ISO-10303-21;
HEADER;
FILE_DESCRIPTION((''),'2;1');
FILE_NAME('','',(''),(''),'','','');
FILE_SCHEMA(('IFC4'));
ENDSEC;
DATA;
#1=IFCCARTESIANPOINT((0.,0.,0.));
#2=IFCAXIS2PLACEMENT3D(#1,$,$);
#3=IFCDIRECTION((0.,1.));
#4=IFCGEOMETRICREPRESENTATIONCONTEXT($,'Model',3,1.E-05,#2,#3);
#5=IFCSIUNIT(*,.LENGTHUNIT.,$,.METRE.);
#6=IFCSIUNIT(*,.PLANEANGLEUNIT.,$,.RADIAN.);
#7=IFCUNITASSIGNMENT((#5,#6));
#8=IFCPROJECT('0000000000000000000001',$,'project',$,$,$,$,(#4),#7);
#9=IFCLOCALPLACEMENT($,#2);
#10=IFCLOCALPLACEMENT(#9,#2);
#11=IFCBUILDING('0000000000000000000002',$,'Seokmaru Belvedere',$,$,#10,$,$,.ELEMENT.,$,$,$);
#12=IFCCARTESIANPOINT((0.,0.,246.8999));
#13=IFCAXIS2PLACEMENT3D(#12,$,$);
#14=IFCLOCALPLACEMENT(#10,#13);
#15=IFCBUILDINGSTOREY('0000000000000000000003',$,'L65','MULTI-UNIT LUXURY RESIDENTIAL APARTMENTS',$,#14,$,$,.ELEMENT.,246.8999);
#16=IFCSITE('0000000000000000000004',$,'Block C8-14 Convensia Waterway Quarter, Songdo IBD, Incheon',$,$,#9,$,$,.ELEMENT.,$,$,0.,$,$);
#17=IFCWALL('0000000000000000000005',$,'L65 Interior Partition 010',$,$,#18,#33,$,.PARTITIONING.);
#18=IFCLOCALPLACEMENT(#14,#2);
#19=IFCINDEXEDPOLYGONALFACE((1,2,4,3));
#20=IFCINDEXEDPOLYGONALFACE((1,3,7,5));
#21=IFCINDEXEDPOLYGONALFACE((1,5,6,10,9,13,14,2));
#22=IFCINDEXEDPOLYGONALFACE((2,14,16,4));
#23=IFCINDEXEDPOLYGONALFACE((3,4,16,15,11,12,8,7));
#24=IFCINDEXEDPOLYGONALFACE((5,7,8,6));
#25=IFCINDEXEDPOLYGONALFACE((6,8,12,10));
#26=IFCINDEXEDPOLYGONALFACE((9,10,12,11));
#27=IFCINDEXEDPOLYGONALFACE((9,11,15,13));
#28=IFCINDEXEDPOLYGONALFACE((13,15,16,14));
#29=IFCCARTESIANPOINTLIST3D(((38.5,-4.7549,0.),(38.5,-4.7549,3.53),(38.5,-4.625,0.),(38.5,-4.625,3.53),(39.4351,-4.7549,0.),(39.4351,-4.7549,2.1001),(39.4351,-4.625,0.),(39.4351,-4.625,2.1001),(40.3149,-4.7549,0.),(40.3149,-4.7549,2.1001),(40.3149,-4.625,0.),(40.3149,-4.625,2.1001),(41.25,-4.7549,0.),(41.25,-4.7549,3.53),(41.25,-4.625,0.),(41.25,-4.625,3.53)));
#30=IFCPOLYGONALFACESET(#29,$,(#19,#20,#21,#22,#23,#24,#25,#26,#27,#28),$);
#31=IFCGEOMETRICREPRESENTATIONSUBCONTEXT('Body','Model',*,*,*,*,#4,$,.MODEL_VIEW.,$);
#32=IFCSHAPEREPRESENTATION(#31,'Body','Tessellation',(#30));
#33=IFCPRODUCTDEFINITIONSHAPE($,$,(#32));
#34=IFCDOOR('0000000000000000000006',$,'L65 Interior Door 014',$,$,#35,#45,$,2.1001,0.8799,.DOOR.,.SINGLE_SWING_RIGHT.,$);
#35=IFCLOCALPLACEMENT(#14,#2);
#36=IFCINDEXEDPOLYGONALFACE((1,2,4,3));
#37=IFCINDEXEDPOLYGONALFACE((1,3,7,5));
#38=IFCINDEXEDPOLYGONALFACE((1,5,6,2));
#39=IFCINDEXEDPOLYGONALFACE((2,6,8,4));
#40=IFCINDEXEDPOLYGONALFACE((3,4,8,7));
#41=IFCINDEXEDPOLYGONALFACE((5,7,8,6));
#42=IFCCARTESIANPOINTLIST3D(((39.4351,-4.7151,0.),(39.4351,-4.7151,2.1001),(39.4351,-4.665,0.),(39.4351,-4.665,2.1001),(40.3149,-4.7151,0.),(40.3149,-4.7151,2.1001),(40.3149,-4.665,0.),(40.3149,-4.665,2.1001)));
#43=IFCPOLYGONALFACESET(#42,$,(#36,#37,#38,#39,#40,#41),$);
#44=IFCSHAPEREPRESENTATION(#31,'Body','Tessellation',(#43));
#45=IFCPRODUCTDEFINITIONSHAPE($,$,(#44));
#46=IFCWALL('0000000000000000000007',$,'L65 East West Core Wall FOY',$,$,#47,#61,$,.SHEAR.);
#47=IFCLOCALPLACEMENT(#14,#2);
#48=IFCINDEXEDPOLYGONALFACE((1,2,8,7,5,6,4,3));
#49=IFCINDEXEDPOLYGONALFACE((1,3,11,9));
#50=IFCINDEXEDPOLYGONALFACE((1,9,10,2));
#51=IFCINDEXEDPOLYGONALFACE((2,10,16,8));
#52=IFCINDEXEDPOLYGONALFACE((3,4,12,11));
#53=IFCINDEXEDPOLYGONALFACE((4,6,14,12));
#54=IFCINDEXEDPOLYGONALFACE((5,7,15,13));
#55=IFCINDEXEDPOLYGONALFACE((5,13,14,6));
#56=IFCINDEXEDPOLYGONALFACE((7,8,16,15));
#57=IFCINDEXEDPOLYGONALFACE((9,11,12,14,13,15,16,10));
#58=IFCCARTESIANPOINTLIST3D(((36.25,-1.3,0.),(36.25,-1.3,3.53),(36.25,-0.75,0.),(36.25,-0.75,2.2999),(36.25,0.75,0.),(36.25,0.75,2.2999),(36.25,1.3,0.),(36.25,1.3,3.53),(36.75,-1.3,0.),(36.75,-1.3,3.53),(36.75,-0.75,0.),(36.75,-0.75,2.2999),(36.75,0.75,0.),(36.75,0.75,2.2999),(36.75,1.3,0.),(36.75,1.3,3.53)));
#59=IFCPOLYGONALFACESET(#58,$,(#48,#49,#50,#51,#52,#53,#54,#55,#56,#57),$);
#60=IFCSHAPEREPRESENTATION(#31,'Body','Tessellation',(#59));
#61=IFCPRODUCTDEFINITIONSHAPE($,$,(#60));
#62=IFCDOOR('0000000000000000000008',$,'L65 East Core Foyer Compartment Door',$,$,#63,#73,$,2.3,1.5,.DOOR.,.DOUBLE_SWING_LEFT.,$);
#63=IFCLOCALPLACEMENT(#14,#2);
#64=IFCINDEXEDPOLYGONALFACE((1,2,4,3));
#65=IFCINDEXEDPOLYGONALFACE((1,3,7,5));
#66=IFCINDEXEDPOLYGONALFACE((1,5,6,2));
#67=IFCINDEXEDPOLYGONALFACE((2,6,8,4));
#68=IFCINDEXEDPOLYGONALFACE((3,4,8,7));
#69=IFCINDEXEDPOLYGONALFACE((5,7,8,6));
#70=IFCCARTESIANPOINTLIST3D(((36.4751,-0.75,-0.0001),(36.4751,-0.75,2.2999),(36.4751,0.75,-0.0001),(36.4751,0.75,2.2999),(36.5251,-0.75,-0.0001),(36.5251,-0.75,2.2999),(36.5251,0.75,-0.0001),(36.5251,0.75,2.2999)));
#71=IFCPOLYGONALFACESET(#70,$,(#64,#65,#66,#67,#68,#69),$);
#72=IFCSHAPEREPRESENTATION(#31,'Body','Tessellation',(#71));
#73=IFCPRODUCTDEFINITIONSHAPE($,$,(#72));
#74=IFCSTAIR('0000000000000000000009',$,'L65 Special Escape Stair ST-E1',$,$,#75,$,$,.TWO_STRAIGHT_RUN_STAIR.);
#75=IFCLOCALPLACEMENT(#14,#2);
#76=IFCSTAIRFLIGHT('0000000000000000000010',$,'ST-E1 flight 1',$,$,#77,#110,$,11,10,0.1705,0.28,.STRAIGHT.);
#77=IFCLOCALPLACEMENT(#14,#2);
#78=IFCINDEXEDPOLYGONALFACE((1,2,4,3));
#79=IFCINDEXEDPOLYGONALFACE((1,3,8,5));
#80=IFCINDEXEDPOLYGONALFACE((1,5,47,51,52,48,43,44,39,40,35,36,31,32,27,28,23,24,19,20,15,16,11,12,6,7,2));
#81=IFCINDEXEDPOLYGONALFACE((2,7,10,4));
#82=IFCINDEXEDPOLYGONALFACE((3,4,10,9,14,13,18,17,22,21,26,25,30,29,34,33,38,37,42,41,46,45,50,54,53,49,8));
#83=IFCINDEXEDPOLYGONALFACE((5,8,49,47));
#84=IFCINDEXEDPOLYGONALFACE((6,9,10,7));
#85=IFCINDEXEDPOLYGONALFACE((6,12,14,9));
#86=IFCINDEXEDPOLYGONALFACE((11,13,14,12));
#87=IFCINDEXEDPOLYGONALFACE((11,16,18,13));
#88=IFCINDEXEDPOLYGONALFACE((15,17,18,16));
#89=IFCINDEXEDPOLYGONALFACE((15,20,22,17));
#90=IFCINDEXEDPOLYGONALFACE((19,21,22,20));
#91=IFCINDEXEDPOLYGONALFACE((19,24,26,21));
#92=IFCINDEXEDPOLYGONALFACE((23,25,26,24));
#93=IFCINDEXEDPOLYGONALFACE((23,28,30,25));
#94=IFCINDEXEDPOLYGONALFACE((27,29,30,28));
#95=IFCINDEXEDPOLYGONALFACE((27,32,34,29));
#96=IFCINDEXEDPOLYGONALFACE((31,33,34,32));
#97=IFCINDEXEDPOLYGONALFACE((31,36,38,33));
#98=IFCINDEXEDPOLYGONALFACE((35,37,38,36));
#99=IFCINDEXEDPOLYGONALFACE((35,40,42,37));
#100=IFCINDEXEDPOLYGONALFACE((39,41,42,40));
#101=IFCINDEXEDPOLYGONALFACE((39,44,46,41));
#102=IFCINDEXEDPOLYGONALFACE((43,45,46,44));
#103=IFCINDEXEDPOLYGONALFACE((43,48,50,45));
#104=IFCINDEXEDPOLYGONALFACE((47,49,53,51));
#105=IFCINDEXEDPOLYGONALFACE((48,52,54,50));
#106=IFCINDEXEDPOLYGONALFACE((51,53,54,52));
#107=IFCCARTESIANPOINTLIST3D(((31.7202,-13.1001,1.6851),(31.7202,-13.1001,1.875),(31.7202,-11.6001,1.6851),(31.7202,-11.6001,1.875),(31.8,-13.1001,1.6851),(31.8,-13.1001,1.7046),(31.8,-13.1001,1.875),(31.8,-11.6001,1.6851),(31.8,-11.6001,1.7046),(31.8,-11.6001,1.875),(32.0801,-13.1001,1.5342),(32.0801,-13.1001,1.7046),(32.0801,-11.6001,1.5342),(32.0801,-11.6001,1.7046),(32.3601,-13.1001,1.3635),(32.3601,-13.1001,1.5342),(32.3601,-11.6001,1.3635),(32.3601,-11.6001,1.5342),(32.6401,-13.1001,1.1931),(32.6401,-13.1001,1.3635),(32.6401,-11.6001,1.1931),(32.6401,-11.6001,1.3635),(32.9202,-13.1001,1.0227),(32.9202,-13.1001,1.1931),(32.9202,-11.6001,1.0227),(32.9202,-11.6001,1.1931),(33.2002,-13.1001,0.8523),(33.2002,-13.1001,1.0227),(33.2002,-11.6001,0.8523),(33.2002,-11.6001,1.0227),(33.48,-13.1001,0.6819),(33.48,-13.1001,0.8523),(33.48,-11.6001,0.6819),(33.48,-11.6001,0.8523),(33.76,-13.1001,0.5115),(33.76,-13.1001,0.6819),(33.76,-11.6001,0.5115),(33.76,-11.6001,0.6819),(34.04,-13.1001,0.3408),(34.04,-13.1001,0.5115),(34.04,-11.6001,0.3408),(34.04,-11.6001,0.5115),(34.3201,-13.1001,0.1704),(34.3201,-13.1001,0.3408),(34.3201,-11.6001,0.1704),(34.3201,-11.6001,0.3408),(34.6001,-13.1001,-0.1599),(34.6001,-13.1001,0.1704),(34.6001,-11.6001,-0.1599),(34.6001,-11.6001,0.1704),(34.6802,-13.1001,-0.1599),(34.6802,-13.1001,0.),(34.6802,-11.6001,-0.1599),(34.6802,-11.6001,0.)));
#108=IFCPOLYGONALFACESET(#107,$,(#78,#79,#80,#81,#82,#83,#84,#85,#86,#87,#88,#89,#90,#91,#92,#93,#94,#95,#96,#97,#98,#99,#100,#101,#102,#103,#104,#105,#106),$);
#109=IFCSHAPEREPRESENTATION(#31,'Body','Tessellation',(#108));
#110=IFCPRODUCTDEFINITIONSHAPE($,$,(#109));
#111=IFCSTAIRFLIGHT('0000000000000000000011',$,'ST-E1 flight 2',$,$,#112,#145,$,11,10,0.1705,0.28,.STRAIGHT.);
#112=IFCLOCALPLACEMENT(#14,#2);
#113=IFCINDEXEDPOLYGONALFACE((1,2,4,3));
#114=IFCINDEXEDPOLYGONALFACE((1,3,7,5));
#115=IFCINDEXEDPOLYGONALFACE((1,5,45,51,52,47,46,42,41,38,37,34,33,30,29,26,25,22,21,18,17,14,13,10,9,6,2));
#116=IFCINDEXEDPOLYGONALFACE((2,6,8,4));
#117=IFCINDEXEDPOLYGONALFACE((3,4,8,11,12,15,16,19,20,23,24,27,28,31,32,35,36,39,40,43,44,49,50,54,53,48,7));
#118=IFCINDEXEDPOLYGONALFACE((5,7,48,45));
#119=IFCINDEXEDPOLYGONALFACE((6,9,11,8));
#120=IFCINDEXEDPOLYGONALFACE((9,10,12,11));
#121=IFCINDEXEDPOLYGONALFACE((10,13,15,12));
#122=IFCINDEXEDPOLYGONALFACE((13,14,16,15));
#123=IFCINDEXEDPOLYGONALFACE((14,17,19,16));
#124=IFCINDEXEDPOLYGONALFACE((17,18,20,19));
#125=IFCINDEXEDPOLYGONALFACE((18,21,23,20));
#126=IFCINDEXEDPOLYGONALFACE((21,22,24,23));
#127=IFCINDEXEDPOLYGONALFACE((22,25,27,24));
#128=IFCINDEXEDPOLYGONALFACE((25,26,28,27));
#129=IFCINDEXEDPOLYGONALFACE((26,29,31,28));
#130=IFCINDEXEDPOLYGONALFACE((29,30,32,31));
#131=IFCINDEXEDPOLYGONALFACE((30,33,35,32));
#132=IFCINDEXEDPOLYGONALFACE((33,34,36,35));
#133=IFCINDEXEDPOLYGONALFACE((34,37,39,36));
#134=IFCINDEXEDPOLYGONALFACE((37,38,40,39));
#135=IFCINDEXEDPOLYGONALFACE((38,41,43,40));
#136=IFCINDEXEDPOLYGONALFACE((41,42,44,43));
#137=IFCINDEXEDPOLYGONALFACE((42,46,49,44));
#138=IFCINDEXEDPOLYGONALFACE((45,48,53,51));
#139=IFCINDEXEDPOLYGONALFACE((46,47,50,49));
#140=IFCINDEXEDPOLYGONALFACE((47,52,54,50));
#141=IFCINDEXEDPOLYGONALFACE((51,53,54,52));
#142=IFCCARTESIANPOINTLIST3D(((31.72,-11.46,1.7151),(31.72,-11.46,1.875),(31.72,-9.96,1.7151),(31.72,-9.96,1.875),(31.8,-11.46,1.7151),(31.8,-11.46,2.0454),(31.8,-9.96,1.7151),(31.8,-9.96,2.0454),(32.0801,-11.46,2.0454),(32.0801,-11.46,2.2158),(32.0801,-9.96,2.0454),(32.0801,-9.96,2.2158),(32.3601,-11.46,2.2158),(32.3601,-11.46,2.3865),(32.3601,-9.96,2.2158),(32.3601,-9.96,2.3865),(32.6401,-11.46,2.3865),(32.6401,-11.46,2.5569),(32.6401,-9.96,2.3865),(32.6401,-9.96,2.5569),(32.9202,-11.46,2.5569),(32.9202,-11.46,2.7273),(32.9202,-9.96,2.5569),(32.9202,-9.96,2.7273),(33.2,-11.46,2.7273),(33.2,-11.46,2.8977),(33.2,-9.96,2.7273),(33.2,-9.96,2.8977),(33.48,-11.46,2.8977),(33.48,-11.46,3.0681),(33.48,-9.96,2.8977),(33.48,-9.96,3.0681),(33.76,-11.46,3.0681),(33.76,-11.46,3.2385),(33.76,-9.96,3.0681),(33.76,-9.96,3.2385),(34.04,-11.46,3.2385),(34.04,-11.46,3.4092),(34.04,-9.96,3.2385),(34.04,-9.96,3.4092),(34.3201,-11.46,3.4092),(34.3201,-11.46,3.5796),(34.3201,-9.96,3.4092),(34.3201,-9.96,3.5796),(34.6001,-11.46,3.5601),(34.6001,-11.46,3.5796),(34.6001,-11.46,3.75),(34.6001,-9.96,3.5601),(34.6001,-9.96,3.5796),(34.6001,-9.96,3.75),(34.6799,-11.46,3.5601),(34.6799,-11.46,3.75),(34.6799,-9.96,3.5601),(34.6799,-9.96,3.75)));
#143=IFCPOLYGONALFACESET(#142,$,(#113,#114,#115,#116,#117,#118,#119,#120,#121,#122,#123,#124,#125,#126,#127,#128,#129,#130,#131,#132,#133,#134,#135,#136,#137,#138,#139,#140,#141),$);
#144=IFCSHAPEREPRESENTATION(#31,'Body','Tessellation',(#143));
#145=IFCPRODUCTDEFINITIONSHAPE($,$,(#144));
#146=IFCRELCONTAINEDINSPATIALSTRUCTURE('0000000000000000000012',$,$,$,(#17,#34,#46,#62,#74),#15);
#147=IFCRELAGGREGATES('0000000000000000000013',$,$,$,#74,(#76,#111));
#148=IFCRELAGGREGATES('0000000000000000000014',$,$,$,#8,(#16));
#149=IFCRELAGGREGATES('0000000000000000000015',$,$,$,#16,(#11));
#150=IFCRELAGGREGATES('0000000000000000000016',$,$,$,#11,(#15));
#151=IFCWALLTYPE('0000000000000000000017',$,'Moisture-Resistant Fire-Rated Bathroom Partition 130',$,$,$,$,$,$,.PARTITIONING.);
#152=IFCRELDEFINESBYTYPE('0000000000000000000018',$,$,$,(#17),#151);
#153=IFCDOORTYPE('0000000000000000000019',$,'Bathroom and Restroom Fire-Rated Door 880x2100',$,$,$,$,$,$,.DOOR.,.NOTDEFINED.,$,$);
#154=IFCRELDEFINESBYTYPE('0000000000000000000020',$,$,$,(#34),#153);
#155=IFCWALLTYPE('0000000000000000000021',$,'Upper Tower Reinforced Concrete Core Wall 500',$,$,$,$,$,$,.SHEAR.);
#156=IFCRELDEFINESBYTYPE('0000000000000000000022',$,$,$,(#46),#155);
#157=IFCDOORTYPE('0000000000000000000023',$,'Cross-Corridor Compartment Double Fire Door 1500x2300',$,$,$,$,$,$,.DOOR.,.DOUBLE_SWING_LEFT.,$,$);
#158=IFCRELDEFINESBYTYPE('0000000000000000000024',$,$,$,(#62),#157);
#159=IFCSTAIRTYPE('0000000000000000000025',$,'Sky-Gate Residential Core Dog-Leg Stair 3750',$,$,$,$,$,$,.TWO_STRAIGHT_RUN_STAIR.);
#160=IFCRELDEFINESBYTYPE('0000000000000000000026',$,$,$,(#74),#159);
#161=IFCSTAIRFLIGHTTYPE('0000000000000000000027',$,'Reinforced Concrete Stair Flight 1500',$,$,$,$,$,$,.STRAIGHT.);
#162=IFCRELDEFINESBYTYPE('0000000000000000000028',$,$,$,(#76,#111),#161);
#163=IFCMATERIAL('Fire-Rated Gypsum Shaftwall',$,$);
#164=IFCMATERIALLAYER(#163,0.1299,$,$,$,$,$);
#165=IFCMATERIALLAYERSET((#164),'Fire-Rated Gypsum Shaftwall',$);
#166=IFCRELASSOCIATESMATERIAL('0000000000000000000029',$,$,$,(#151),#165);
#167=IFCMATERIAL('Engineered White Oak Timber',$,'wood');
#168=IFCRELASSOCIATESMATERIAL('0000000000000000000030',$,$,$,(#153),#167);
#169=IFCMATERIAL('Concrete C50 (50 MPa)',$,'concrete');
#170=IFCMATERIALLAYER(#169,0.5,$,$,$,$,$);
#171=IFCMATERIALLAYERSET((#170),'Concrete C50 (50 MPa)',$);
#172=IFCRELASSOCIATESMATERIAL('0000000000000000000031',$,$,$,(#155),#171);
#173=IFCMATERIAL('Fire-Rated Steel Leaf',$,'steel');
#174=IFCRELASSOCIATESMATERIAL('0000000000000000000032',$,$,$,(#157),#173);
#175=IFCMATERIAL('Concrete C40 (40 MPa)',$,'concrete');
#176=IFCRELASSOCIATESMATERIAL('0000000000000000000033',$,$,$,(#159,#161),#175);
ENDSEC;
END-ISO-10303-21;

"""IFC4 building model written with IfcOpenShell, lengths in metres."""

from ifc_helpers import new_model, si_unit, direction, frame, frame_2d, origin, place, context, subcontext, project, spatial, polyline, rectangle, outline, extrude, source, transform, mapped, material, layer, layer_set, type_object, type_shapes, element, fill, aggregate, save


model = new_model("IFC4")

# Units and contexts
model_context = context("Model", 3, precision=1e-05, world=origin(), true_north=direction((0.0, 1.0)))
body_context = subcontext(model_context, "Body", "Model", "MODEL_VIEW")
ifc_project = project(units=[si_unit("LENGTHUNIT", "METRE"), si_unit("PLANEANGLEUNIT", "RADIAN")], contexts=[model_context])

# Site, building, storey
site_placement = place(None, origin())
site = spatial("IfcSite", under=ifc_project, at=site_placement, Name="Block C8-14 Convensia Waterway Quarter, Songdo IBD, Incheon", CompositionType="ELEMENT", RefElevation=0.0)
building_placement = place(site_placement, origin())
building = spatial("IfcBuilding", under=site, at=building_placement, Name="Seokmaru Belvedere", CompositionType="ELEMENT")
storey_placement = place(building_placement, frame((0.0, 0.0, 246.8999)))
storey = spatial("IfcBuildingStorey", under=building, at=storey_placement, Name="L65", Description="MULTI-UNIT LUXURY RESIDENTIAL APARTMENTS", CompositionType="ELEMENT", Elevation=246.8999)

# Shared definitions
ifc_material_1 = material(Name="Fire-Rated Gypsum Shaftwall")

# Walls, openings, doors
ifc_layer_1 = layer(ifc_material_1, 0.1299)
ifc_layer_set_1 = layer_set([ifc_layer_1], Name="Fire-Rated Gypsum Shaftwall")
wall_type_1 = type_object("IfcWallType", Name="Moisture-Resistant Fire-Rated Bathroom Partition 130", PredefinedType="PARTITIONING", material=ifc_layer_set_1)
wall_1_placement = place(storey_placement, frame((38.5, -4.6899, 0.0), z_axis=(0.0, 0.0, 1.0), x_axis=(1.0, 0.0, 0.0)))
wall_1 = element("IfcWall", 1, at=wall_1_placement, inside=storey, type_object=wall_type_1, Name="L65 Interior Partition 010", PredefinedType="PARTITIONING", context=body_context, shape_type="SweptSolid", body=[
    extrude(rectangle(XDim=2.75, YDim=0.1299, at=frame_2d((1.375, 0.0))), origin(), (0.0, 0.0, 1.0), 3.53),
])
opening_1_placement = place(wall_1_placement, frame((0.9351, 0.0, 0.0)))
opening_1 = element("IfcOpeningElement", 2, at=opening_1_placement, cuts=wall_1, PredefinedType="OPENING", context=body_context, shape_type="SweptSolid", body=[
    extrude(rectangle(XDim=0.8799, YDim=2.1001, at=frame_2d((0.4399, 1.05))), frame((0.0, 0.075, 0.0), z_axis=(0.0, -1.0, 0.0), x_axis=(1.0, 0.0, 0.0)), (0.0, 0.0, 1.0), 0.1499),
])
ifc_material_2 = material(Name="Engineered White Oak Timber", Category="wood")
door_type_1 = type_object("IfcDoorType", Name="Bathroom and Restroom Fire-Rated Door 880x2100", OperationType="NOTDEFINED", PredefinedType="DOOR", material=ifc_material_2)
shared_shape_1 = source(origin(), body_context, "Body", "SweptSolid", [
    extrude(rectangle(XDim=0.8799, YDim=2.1001, at=frame_2d((0.4399, 1.05))), frame((0.0, 0.0249, 0.0), z_axis=(0.0, -1.0, 0.0), x_axis=(1.0, 0.0, 0.0)), (0.0, 0.0, 1.0), 0.05),
])
type_shapes(door_type_1, [shared_shape_1])
door_1_placement = place(opening_1_placement, origin())
door_1 = element("IfcDoor", 3, at=door_1_placement, inside=storey, type_object=door_type_1, Name="L65 Interior Door 014", OperationType="SINGLE_SWING_RIGHT", OverallHeight=2.1001, OverallWidth=0.8799, PredefinedType="DOOR", context=body_context, shape_type="MappedRepresentation", body=[
    mapped(shared_shape_1, transform((0.0, 0.0, 0.0), scale=1.0)),
])
fill(opening_1, door_1)
ifc_material_3 = material(Name="Concrete C50 (50 MPa)", Category="concrete")
ifc_layer_2 = layer(ifc_material_3, 0.5)
ifc_layer_set_2 = layer_set([ifc_layer_2], Name="Concrete C50 (50 MPa)")
wall_type_2 = type_object("IfcWallType", Name="Upper Tower Reinforced Concrete Core Wall 500", PredefinedType="SHEAR", material=ifc_layer_set_2)
wall_2_placement = place(storey_placement, frame((36.5, -1.3, 0.0), z_axis=(0.0, 0.0, 1.0), x_axis=(0.0, 1.0, 0.0)))
wall_2 = element("IfcWall", 4, at=wall_2_placement, inside=storey, type_object=wall_type_2, Name="L65 East West Core Wall FOY", PredefinedType="SHEAR", context=body_context, shape_type="SweptSolid", body=[
    extrude(rectangle(XDim=2.6001, YDim=0.5, at=frame_2d((1.3, 0.0))), origin(), (0.0, 0.0, 1.0), 3.53),
])
opening_2_placement = place(wall_2_placement, frame((0.55, 0.0, 0.0)))
opening_2 = element("IfcOpeningElement", 5, at=opening_2_placement, cuts=wall_2, PredefinedType="OPENING", context=body_context, shape_type="SweptSolid", body=[
    extrude(rectangle(XDim=1.5, YDim=2.3, at=frame_2d((0.75, 1.1499))), frame((0.0, 0.26, 0.0), z_axis=(0.0, -1.0, 0.0), x_axis=(1.0, 0.0, 0.0)), (0.0, 0.0, 1.0), 0.52),
])
ifc_material_4 = material(Name="Fire-Rated Steel Leaf", Category="steel")
door_type_2 = type_object("IfcDoorType", Name="Cross-Corridor Compartment Double Fire Door 1500x2300", OperationType="DOUBLE_SWING_LEFT", PredefinedType="DOOR", material=ifc_material_4)
shared_shape_2 = source(origin(), body_context, "Body", "SweptSolid", [
    extrude(rectangle(XDim=1.5, YDim=2.3, at=frame_2d((0.75, 1.1499))), frame((0.0, 0.0249, 0.0), z_axis=(0.0, -1.0, 0.0), x_axis=(1.0, 0.0, 0.0)), (0.0, 0.0, 1.0), 0.05),
])
type_shapes(door_type_2, [shared_shape_2])
door_2_placement = place(opening_2_placement, origin())
door_2 = element("IfcDoor", 6, at=door_2_placement, inside=storey, type_object=door_type_2, Name="L65 East Core Foyer Compartment Door", OperationType="DOUBLE_SWING_LEFT", OverallHeight=2.3, OverallWidth=1.5, PredefinedType="DOOR", context=body_context, shape_type="MappedRepresentation", body=[
    mapped(shared_shape_2, transform((0.0, 0.0, 0.0), scale=1.0)),
])
fill(opening_2, door_2)

# Stair, stair flights
ifc_material_5 = material(Name="Concrete C40 (40 MPa)", Category="concrete")
stair_type = type_object("IfcStairType", Name="Sky-Gate Residential Core Dog-Leg Stair 3750", PredefinedType="TWO_STRAIGHT_RUN_STAIR", material=ifc_material_5)
stair_placement = place(storey_placement, origin())
stair = element("IfcStair", 7, at=stair_placement, inside=storey, type_object=stair_type, Name="L65 Special Escape Stair ST-E1", PredefinedType="TWO_STRAIGHT_RUN_STAIR")
stair_flight_type = type_object("IfcStairFlightType", Name="Reinforced Concrete Stair Flight 1500", PredefinedType="STRAIGHT", material=ifc_material_5)
stair_flight_1_placement = place(storey_placement, frame((34.6001, -12.3501, 0.0), z_axis=(0.0, 0.0, 1.0), x_axis=(-1.0, 0.0, 0.0)))
stair_flight_1 = element("IfcStairFlight", 8, at=stair_flight_1_placement, type_object=stair_flight_type, Name="ST-E1 flight 1", NumberOfRisers=11, NumberOfTreads=10, PredefinedType="STRAIGHT", RiserHeight=0.1705, TreadLength=0.28, context=body_context, shape_type="SweptSolid", body=[
    extrude(outline(polyline([(-0.0801, 0.0), (0.0, 0.1704), (0.28, 0.1704), (0.28, 0.3408), (0.5601, 0.3408), (0.5601, 0.5115), (0.8401, 0.5115), (0.8401, 0.6819), (1.1201, 0.6819), (1.1201, 0.8523), (1.3999, 0.8523), (1.3999, 1.0227), (1.6799, 1.0227), (1.6799, 1.1931), (1.96, 1.1931), (1.96, 1.3635), (2.24, 1.3635), (2.24, 1.5342), (2.52, 1.5342), (2.52, 1.7046), (2.8, 1.7046), (2.8, 1.875), (2.8799, 1.875), (2.8799, 1.6851), (2.8, 1.6851), (0.0, -0.1599), (-0.0801, -0.1599), (-0.0801, 0.0)])), frame((0.0, 0.75, 0.0), z_axis=(0.0, -1.0, 0.0), x_axis=(1.0, 0.0, 0.0)), (0.0, 0.0, 1.0), 1.5),
])
stair_flight_2_placement = place(storey_placement, frame((31.8, -10.71, 1.875), z_axis=(0.0, 0.0, 1.0), x_axis=(1.0, 0.0, 0.0)))
stair_flight_2 = element("IfcStairFlight", 9, at=stair_flight_2_placement, type_object=stair_flight_type, Name="ST-E1 flight 2", NumberOfRisers=11, NumberOfTreads=10, PredefinedType="STRAIGHT", RiserHeight=0.1705, TreadLength=0.28, context=body_context, shape_type="SweptSolid", body=[
    extrude(outline(polyline([(-0.0801, 0.0), (0.0, 0.1704), (0.28, 0.1704), (0.28, 0.3408), (0.5601, 0.3408), (0.5601, 0.5115), (0.8401, 0.5115), (0.8401, 0.6819), (1.1201, 0.6819), (1.1201, 0.8523), (1.3999, 0.8523), (1.3999, 1.0227), (1.6799, 1.0227), (1.6799, 1.1931), (1.96, 1.1931), (1.96, 1.3635), (2.24, 1.3635), (2.24, 1.5342), (2.52, 1.5342), (2.52, 1.7046), (2.8, 1.7046), (2.8, 1.875), (2.8799, 1.875), (2.8799, 1.6851), (2.8, 1.6851), (0.0, -0.1599), (-0.0801, -0.1599), (-0.0801, 0.0)])), frame((0.0, 0.75, 0.0), z_axis=(0.0, -1.0, 0.0), x_axis=(1.0, 0.0, 0.0)), (0.0, 0.0, 1.0), 1.5),
])
aggregate(stair, [stair_flight_1, stair_flight_2])

save(model, "model.ifc")
